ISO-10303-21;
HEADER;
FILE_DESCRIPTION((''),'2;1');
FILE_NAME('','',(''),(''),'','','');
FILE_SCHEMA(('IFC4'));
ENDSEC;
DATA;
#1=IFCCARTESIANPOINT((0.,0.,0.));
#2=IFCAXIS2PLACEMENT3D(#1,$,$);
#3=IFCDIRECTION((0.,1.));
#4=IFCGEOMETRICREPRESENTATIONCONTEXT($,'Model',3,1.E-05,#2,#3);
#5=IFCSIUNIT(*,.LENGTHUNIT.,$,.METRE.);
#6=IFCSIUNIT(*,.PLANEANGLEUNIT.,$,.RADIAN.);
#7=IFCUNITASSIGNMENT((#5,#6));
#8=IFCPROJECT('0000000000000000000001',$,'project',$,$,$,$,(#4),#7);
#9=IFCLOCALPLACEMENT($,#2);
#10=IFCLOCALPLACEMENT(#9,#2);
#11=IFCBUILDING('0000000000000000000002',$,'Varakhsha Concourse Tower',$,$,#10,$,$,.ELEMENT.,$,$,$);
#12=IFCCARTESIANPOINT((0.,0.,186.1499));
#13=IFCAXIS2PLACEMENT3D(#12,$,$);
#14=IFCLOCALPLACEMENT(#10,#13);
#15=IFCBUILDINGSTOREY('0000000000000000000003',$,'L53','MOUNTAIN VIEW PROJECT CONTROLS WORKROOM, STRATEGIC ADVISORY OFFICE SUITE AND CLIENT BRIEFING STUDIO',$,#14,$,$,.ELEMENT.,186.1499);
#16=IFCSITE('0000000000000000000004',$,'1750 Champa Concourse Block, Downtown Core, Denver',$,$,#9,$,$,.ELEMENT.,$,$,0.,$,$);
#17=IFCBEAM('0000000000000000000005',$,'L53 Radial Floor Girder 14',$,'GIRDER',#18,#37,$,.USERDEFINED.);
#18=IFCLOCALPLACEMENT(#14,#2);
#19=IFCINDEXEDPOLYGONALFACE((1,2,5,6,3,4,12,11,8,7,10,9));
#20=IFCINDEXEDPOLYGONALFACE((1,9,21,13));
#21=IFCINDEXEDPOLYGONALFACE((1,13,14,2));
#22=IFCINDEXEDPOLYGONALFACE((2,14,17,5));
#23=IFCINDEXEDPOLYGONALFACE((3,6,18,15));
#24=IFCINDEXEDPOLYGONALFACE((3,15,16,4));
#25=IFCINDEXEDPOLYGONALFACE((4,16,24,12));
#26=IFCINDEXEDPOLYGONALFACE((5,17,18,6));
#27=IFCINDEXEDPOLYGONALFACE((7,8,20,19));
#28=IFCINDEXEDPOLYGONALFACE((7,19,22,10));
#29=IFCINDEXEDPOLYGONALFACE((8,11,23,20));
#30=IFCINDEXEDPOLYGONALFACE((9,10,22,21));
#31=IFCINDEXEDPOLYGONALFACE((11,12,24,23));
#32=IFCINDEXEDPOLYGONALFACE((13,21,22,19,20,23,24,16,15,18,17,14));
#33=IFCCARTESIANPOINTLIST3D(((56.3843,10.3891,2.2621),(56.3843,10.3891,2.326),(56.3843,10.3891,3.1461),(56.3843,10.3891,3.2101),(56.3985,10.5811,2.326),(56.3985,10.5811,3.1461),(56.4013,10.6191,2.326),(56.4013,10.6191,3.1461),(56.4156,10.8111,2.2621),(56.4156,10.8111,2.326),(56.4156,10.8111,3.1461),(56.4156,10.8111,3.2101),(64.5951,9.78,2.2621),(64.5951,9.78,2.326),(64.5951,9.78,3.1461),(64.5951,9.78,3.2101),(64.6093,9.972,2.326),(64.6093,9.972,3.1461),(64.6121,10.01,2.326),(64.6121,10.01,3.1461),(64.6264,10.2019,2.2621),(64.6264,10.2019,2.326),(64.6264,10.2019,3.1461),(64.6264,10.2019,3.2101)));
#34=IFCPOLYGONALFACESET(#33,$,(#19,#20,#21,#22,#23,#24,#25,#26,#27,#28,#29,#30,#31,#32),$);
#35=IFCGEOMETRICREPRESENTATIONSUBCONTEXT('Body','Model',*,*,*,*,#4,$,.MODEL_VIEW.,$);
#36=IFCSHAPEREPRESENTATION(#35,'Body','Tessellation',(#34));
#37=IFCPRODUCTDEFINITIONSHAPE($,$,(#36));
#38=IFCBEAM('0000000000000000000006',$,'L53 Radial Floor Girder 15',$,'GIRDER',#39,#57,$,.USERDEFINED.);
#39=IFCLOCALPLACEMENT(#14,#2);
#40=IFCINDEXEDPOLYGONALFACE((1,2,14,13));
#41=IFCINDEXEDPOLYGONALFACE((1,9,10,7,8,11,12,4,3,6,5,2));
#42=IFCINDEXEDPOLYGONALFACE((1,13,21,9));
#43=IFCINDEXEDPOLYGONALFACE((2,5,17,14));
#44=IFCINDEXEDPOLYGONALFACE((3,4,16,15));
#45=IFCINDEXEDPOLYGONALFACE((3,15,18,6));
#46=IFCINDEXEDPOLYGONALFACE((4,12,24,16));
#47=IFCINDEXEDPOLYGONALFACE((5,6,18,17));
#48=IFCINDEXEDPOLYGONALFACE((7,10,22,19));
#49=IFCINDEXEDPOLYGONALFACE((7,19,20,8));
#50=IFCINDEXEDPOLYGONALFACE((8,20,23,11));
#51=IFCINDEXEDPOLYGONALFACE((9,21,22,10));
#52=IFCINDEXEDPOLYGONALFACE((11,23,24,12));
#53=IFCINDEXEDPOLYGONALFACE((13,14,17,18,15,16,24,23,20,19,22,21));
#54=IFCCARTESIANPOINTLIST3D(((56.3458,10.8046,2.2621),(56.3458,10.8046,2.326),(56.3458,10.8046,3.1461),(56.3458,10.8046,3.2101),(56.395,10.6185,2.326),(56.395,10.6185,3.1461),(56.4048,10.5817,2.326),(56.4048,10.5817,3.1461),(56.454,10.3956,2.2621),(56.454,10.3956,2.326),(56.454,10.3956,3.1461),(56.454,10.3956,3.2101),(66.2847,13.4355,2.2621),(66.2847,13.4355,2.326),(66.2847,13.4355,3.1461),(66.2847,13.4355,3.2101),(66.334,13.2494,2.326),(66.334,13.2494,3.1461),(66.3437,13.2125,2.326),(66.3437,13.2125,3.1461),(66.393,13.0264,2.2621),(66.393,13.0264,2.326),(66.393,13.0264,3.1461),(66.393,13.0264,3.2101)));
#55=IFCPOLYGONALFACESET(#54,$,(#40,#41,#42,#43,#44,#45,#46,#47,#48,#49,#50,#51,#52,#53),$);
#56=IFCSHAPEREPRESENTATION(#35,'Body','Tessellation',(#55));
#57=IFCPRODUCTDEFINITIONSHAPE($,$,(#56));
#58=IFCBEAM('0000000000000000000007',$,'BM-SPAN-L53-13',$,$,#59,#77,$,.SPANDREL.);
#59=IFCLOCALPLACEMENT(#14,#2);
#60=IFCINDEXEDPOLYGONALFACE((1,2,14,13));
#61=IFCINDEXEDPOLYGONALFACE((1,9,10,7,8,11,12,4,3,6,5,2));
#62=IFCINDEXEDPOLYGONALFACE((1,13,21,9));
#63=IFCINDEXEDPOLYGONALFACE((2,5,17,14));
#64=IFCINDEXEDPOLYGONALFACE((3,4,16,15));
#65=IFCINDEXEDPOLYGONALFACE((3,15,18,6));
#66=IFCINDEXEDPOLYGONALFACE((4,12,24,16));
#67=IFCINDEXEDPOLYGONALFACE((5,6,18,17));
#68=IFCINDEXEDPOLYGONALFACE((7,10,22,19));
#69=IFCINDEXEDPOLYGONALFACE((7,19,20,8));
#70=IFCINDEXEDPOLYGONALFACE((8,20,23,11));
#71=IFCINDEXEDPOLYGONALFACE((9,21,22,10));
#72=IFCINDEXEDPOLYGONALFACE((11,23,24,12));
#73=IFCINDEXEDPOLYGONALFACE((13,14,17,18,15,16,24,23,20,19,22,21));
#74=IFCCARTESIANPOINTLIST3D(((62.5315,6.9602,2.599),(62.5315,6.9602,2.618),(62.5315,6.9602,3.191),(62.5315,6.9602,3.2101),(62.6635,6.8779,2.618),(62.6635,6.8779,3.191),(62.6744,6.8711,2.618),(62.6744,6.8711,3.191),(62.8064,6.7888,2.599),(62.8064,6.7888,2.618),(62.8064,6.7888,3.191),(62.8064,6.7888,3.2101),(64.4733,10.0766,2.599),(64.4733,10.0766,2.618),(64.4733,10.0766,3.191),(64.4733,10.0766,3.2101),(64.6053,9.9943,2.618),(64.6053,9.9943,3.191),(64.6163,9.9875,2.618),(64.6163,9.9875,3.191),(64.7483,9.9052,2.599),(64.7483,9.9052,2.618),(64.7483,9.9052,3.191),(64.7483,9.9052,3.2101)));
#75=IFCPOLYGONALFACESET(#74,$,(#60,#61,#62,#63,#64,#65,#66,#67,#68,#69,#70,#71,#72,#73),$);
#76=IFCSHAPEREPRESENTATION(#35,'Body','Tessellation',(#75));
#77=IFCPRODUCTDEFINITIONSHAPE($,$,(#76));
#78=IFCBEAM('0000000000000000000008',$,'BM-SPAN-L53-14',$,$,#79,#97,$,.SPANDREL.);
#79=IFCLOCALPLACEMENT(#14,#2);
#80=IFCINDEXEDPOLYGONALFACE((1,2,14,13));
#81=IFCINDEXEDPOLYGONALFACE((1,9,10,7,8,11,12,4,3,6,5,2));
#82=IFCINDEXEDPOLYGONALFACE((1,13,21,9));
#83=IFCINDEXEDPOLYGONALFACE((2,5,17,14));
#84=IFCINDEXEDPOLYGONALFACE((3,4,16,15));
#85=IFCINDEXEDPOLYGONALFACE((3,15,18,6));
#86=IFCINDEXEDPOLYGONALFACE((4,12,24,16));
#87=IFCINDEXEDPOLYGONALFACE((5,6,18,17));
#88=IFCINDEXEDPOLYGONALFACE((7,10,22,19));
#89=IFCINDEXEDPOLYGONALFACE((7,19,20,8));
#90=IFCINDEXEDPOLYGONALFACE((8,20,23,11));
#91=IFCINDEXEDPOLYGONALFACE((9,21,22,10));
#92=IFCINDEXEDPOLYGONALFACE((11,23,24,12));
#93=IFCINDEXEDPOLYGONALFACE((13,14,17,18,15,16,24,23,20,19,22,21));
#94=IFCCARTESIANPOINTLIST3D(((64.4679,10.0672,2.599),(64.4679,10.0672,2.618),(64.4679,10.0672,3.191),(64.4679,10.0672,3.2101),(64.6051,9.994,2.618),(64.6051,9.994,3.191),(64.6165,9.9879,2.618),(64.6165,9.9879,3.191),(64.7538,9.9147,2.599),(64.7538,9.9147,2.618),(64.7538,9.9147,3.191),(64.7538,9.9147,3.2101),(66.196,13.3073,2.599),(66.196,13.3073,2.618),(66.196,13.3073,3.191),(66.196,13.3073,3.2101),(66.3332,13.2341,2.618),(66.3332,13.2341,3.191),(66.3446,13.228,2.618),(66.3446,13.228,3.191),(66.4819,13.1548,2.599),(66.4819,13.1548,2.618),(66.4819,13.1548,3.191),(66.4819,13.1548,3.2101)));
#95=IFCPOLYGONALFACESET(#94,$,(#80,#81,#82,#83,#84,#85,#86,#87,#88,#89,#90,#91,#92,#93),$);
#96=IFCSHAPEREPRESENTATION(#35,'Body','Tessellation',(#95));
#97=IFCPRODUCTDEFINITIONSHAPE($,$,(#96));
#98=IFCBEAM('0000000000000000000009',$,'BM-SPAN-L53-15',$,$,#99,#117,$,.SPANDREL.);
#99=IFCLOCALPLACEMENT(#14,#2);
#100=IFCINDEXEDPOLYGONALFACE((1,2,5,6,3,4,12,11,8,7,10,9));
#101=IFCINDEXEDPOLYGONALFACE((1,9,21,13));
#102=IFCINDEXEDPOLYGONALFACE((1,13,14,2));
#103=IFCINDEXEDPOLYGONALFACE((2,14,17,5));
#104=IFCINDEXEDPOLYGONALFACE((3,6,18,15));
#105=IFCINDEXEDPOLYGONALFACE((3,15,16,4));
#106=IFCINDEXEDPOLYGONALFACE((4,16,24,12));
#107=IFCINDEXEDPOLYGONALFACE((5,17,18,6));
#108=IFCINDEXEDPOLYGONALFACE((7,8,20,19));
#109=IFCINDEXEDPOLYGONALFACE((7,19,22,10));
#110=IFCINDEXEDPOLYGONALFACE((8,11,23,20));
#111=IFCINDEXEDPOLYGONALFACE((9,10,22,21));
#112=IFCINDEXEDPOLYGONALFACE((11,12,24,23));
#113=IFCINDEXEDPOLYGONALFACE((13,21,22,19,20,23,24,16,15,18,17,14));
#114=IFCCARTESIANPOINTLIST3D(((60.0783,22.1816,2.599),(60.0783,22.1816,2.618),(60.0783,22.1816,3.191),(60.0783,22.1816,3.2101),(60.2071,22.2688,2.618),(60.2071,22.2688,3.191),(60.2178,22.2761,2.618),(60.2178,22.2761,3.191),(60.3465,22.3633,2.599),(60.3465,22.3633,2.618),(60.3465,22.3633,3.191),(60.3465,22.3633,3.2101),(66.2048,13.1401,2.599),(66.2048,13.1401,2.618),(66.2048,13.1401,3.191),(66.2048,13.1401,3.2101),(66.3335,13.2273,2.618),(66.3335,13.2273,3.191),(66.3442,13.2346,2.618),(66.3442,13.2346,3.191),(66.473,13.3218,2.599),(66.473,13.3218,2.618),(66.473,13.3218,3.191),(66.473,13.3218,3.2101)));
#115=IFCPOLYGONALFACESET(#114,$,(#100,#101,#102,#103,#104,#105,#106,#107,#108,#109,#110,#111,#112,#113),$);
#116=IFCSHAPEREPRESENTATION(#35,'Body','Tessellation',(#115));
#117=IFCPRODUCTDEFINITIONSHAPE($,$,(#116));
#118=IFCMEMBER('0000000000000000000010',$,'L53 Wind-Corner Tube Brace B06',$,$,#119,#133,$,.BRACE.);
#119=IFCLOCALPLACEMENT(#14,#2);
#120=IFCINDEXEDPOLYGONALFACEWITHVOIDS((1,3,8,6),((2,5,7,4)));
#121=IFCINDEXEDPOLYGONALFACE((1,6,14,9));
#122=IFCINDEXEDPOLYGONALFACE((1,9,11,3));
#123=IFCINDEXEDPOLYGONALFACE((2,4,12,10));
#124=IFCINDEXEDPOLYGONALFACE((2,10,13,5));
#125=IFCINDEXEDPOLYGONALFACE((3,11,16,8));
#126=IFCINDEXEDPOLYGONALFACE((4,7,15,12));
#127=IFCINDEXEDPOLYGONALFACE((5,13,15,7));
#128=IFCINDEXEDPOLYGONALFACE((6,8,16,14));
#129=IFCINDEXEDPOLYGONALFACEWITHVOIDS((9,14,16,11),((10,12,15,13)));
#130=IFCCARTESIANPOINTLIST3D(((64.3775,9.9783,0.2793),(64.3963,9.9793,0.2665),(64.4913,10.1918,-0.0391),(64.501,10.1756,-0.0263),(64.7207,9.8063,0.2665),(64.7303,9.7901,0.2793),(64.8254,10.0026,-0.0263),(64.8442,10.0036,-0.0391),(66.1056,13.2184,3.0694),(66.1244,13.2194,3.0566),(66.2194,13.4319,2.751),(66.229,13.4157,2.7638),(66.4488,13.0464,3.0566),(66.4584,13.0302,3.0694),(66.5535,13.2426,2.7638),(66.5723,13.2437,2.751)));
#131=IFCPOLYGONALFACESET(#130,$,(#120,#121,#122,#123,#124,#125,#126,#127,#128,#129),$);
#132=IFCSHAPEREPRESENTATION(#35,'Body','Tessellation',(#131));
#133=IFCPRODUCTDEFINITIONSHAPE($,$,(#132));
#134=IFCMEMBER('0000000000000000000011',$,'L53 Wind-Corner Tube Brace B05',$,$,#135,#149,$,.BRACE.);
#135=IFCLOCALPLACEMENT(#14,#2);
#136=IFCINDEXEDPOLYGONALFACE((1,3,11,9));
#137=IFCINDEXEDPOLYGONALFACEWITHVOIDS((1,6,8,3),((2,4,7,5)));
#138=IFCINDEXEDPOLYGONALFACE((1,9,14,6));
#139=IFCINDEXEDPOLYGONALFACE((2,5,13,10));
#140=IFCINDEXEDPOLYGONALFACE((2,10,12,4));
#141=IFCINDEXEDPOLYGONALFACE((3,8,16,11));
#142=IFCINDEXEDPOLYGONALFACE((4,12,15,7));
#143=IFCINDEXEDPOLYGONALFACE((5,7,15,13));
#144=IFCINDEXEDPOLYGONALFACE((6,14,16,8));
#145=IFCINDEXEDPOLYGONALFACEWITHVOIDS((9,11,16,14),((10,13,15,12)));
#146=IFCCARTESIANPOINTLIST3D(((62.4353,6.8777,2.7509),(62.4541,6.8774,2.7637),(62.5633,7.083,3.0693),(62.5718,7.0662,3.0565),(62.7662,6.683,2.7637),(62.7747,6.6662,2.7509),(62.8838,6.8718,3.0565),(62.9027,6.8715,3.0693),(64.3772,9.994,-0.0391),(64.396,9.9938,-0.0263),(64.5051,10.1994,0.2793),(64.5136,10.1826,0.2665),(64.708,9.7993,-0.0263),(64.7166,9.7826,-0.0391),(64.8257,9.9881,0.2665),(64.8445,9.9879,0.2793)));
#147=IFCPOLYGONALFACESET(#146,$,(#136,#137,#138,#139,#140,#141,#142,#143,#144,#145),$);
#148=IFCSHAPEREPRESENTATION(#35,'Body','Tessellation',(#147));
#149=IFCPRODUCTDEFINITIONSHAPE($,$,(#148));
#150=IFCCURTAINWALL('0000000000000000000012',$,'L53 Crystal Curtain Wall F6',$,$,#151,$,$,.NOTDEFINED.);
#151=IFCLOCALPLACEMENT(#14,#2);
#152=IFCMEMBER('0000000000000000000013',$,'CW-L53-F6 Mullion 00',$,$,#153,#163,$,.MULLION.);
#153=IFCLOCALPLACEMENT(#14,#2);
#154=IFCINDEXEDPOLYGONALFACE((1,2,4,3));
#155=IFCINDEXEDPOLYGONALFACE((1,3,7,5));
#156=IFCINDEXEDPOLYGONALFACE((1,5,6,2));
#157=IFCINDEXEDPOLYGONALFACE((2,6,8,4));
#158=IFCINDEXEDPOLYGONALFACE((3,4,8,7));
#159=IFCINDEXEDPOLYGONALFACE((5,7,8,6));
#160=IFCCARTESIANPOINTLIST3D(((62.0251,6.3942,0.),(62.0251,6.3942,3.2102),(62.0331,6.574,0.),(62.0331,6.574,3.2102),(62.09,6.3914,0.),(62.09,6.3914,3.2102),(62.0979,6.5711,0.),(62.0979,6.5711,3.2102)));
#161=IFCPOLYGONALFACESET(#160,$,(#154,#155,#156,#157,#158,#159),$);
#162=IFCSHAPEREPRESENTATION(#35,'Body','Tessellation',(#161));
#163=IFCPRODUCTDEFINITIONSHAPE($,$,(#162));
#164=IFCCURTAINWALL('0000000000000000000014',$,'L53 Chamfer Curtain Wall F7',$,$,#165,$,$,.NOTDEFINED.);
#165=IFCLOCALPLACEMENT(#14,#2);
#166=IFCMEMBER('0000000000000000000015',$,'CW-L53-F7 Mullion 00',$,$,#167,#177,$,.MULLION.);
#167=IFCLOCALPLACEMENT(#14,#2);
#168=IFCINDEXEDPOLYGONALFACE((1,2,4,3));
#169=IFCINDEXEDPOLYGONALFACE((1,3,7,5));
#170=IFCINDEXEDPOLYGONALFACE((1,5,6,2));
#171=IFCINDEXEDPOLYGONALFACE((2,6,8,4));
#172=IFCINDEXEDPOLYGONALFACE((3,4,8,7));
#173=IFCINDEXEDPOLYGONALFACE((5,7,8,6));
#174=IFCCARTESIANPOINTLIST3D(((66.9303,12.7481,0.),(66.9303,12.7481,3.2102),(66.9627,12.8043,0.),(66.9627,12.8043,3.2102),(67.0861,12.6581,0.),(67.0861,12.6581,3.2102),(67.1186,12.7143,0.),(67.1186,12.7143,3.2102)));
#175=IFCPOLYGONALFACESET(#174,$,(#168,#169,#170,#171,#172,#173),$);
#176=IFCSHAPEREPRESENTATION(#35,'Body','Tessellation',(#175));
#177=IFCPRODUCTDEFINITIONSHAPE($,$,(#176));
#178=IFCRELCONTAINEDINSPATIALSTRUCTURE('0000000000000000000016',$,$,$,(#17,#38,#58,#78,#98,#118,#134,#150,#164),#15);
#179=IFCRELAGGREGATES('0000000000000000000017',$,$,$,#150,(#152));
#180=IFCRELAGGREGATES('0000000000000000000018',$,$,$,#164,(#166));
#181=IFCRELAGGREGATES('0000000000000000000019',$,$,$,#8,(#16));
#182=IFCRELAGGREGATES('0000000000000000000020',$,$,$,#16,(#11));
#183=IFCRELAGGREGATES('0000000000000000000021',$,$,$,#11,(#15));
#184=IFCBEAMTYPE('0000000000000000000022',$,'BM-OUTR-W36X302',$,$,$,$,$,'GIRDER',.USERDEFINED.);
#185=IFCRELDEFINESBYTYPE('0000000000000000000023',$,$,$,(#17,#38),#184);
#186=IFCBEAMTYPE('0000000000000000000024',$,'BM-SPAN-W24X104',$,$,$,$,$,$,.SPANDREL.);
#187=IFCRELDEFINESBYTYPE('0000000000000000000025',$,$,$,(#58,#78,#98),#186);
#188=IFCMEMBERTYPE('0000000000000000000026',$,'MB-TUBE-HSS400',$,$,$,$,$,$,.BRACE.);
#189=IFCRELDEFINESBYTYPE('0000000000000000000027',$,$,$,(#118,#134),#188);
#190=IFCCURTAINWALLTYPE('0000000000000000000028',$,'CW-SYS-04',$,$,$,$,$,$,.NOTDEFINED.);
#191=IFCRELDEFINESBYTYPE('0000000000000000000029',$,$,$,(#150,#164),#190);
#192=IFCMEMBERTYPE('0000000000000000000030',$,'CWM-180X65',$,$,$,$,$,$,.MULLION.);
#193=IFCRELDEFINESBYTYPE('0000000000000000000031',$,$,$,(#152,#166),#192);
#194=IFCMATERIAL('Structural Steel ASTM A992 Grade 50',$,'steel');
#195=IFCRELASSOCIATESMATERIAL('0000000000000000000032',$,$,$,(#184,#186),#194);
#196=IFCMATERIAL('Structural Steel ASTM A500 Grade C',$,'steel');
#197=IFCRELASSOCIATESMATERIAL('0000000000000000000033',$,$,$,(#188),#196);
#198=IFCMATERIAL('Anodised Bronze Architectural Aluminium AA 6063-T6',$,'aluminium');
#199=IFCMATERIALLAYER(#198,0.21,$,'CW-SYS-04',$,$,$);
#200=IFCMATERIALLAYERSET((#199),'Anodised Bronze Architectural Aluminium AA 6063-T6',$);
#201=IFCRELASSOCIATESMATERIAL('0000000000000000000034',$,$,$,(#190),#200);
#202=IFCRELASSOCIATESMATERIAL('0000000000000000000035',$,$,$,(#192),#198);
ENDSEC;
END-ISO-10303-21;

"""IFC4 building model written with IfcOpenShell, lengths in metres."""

from ifc_helpers import new_model, si_unit, direction, frame, origin, origin_2d, place, context, subcontext, project, spatial, rectangle, hollow_rectangle, i_section, extrude, source, transform, mapped, material, layer, layer_set, material_profile, profile_set, type_object, type_shapes, element, aggregate, save


model = new_model("IFC4")

# Units and contexts
model_context = context("Model", 3, precision=1e-05, world=origin(), true_north=direction((0.0, 1.0)))
body_context = subcontext(model_context, "Body", "Model", "MODEL_VIEW")
ifc_project = project(units=[si_unit("LENGTHUNIT", "METRE"), si_unit("PLANEANGLEUNIT", "RADIAN")], contexts=[model_context])

# Site, building, storey
site_placement = place(None, origin())
site = spatial("IfcSite", under=ifc_project, at=site_placement, Name="1750 Champa Concourse Block, Downtown Core, Denver", CompositionType="ELEMENT", RefElevation=0.0)
building_placement = place(site_placement, origin())
building = spatial("IfcBuilding", under=site, at=building_placement, Name="Varakhsha Concourse Tower", CompositionType="ELEMENT")
storey_placement = place(building_placement, frame((0.0, 0.0, 186.1499)))
storey = spatial("IfcBuildingStorey", under=building, at=storey_placement, Name="L53", Description="MOUNTAIN VIEW PROJECT CONTROLS WORKROOM, STRATEGIC ADVISORY OFFICE SUITE AND CLIENT BRIEFING STUDIO", CompositionType="ELEMENT", Elevation=186.1499)

# Shared definitions
ifc_material_1 = material(Name="Structural Steel ASTM A992 Grade 50", Category="steel")

# Beams
ifc_material_profile_1 = material_profile(ifc_material_1, i_section(OverallWidth=0.4231, OverallDepth=0.948, WebThickness=0.0381, FlangeThickness=0.064, at=origin_2d()), Name="W36X302")
ifc_profile_set_1 = profile_set([ifc_material_profile_1], Name="Structural Steel ASTM A992 Grade 50")
beam_type_1 = type_object("IfcBeamType", Name="BM-OUTR-W36X302", ElementType="GIRDER", PredefinedType="USERDEFINED", material=ifc_profile_set_1)
beam_1_placement = place(storey_placement, frame((56.3999, 10.6001, 2.7361), z_axis=(0.99726, -0.073982, 0.0), x_axis=(0.073982, 0.99726, 0.0)))
element("IfcBeam", 1, at=beam_1_placement, inside=storey, type_object=beam_type_1, Name="L53 Radial Floor Girder 14", ObjectType="GIRDER", PredefinedType="USERDEFINED", context=body_context, shape_type="SweptSolid", body=[
    extrude(i_section(OverallWidth=0.4231, OverallDepth=0.948, WebThickness=0.0381, FlangeThickness=0.064, at=origin_2d()), origin(), (0.0, 0.0, 1.0), 8.2334),
])
beam_2_placement = place(storey_placement, frame((56.3999, 10.6001, 2.7361), z_axis=(0.966706, 0.255889, 0.0), x_axis=(-0.255889, 0.966706, 0.0)))
element("IfcBeam", 2, at=beam_2_placement, inside=storey, type_object=beam_type_1, Name="L53 Radial Floor Girder 15", ObjectType="GIRDER", PredefinedType="USERDEFINED", context=body_context, shape_type="SweptSolid", body=[
    extrude(i_section(OverallWidth=0.4231, OverallDepth=0.948, WebThickness=0.0381, FlangeThickness=0.064, at=origin_2d()), origin(), (0.0, 0.0, 1.0), 10.2812),
])
ifc_material_profile_2 = material_profile(ifc_material_1, i_section(OverallWidth=0.324, OverallDepth=0.6111, WebThickness=0.0129, FlangeThickness=0.019, at=origin_2d()), Name="W24X104")
ifc_profile_set_2 = profile_set([ifc_material_profile_2], Name="Structural Steel ASTM A992 Grade 50")
beam_type_2 = type_object("IfcBeamType", Name="BM-SPAN-W24X104", PredefinedType="SPANDREL", material=ifc_profile_set_2)
beam_3_placement = place(storey_placement, frame((62.6689, 6.8745, 2.9045), z_axis=(0.528845, 0.848718, 0.0), x_axis=(-0.848718, 0.528845, 0.0)))
element("IfcBeam", 3, at=beam_3_placement, inside=storey, type_object=beam_type_2, Name="BM-SPAN-L53-13", PredefinedType="SPANDREL", context=body_context, shape_type="SweptSolid", body=[
    extrude(i_section(OverallWidth=0.324, OverallDepth=0.6111, WebThickness=0.0129, FlangeThickness=0.019, at=origin_2d()), origin(), (0.0, 0.0, 1.0), 3.6719),
])
beam_4_placement = place(storey_placement, frame((64.6108, 9.991, 2.9045), z_axis=(0.470595, 0.882349, 0.0), x_axis=(-0.882349, 0.470595, 0.0)))
element("IfcBeam", 4, at=beam_4_placement, inside=storey, type_object=beam_type_2, Name="BM-SPAN-L53-14", PredefinedType="SPANDREL", context=body_context, shape_type="SweptSolid", body=[
    extrude(i_section(OverallWidth=0.324, OverallDepth=0.6111, WebThickness=0.0129, FlangeThickness=0.019, at=origin_2d()), origin(), (0.0, 0.0, 1.0), 3.6721),
])
beam_5_placement = place(storey_placement, frame((66.3389, 13.231, 2.9045), z_axis=(-0.560947, 0.827852, 0.0), x_axis=(-0.827852, -0.560947, 0.0)))
element("IfcBeam", 5, at=beam_5_placement, inside=storey, type_object=beam_type_2, Name="BM-SPAN-L53-15", PredefinedType="SPANDREL", context=body_context, shape_type="SweptSolid", body=[
    extrude(i_section(OverallWidth=0.324, OverallDepth=0.6111, WebThickness=0.0129, FlangeThickness=0.019, at=origin_2d()), origin(), (0.0, 0.0, 1.0), 10.9216),
])

# Members
ifc_material_2 = material(Name="Structural Steel ASTM A500 Grade C", Category="steel")
ifc_material_profile_3 = material_profile(ifc_material_2, hollow_rectangle(XDim=0.3999, YDim=0.3999, WallThickness=0.0161, at=origin_2d()), Name="HSS 400x400x16")
ifc_profile_set_3 = profile_set([ifc_material_profile_3], Name="Structural Steel ASTM A500 Grade C")
member_type_1 = type_object("IfcMemberType", Name="MB-TUBE-HSS400", PredefinedType="BRACE", material=ifc_profile_set_3)
shared_shape_1 = source(origin(), body_context, "Body", "SweptSolid", [
    extrude(hollow_rectangle(XDim=0.3999, YDim=0.3999, WallThickness=0.0161, at=origin_2d()), origin(), (0.0, 0.0, 1.0), 4.6118),
])
member_1_placement = place(storey_placement, frame((64.6108, 9.991, 0.1201), z_axis=(0.374704, 0.702556, 0.604989), x_axis=(-0.882349, 0.470595, 0.0)))
element("IfcMember", 6, at=member_1_placement, inside=storey, type_object=member_type_1, Name="L53 Wind-Corner Tube Brace B06", PredefinedType="BRACE", context=body_context, shape_type="MappedRepresentation", body=[
    mapped(shared_shape_1, transform((0.0, 0.0, 0.0), scale=1.0)),
])
shared_shape_2 = source(origin(), body_context, "Body", "SweptSolid", [
    extrude(hollow_rectangle(XDim=0.3999, YDim=0.3999, WallThickness=0.0161, at=origin_2d()), origin(), (0.0, 0.0, 1.0), 4.6116),
])
type_shapes(member_type_1, [shared_shape_1, shared_shape_2])
member_2_placement = place(storey_placement, frame((64.6108, 9.991, 0.1201), z_axis=(-0.421082, -0.675775, 0.604994), x_axis=(0.848718, -0.528845, 0.0)))
element("IfcMember", 7, at=member_2_placement, inside=storey, type_object=member_type_1, Name="L53 Wind-Corner Tube Brace B05", PredefinedType="BRACE", context=body_context, shape_type="MappedRepresentation", body=[
    mapped(shared_shape_2, transform((0.0, 0.0, 0.0), scale=1.0)),
])

# Curtain wall, member
ifc_material_3 = material(Name="Anodised Bronze Architectural Aluminium AA 6063-T6", Category="aluminium")
ifc_layer_1 = layer(ifc_material_3, 0.21, Name="CW-SYS-04")
ifc_layer_set_1 = layer_set([ifc_layer_1], Name="Anodised Bronze Architectural Aluminium AA 6063-T6")
curtain_wall_type = type_object("IfcCurtainWallType", Name="CW-SYS-04", PredefinedType="NOTDEFINED", material=ifc_layer_set_1)
curtain_wall_1_placement = place(storey_placement, origin())
curtain_wall_1 = element("IfcCurtainWall", 8, at=curtain_wall_1_placement, inside=storey, type_object=curtain_wall_type, Name="L53 Crystal Curtain Wall F6", PredefinedType="NOTDEFINED")
ifc_material_profile_4 = material_profile(ifc_material_3, rectangle(XDim=0.0649, YDim=0.1799, at=origin_2d()), Name="CWM-180X65")
ifc_profile_set_4 = profile_set([ifc_material_profile_4], Name="Anodised Bronze Architectural Aluminium AA 6063-T6")
member_type_2 = type_object("IfcMemberType", Name="CWM-180X65", PredefinedType="MULLION", material=ifc_profile_set_4)
shared_shape_3 = source(origin(), body_context, "Body", "SweptSolid", [
    extrude(rectangle(XDim=0.0649, YDim=0.1799, at=origin_2d()), origin(), (0.0, 0.0, 1.0), 3.2102),
])
type_shapes(member_type_2, [shared_shape_3])
member_3_placement = place(storey_placement, frame((62.0615, 6.4827, 0.0), z_axis=(0.0, 0.0, 1.0), x_axis=(-0.999019, 0.044285, 0.0)))
member_3 = element("IfcMember", 9, at=member_3_placement, type_object=member_type_2, Name="CW-L53-F6 Mullion 00", PredefinedType="MULLION", context=body_context, shape_type="MappedRepresentation", body=[
    mapped(shared_shape_3, transform((0.0, 0.0, 0.0), scale=1.0)),
])

# Curtain wall, member
curtain_wall_2_placement = place(storey_placement, origin())
curtain_wall_2 = element("IfcCurtainWall", 10, at=curtain_wall_2_placement, inside=storey, type_object=curtain_wall_type, Name="L53 Chamfer Curtain Wall F7", PredefinedType="NOTDEFINED")
member_4_placement = place(storey_placement, frame((67.0244, 12.7312, 0.0), z_axis=(0.0, 0.0, 1.0), x_axis=(-0.499997, -0.866027, 0.0)))
member_4 = element("IfcMember", 11, at=member_4_placement, type_object=member_type_2, Name="CW-L53-F7 Mullion 00", PredefinedType="MULLION", context=body_context, shape_type="MappedRepresentation", body=[
    mapped(shared_shape_3, transform((0.0, 0.0, 0.0), scale=1.0)),
])

aggregate(curtain_wall_1, [member_3])
aggregate(curtain_wall_2, [member_4])

save(model, "model.ifc")
